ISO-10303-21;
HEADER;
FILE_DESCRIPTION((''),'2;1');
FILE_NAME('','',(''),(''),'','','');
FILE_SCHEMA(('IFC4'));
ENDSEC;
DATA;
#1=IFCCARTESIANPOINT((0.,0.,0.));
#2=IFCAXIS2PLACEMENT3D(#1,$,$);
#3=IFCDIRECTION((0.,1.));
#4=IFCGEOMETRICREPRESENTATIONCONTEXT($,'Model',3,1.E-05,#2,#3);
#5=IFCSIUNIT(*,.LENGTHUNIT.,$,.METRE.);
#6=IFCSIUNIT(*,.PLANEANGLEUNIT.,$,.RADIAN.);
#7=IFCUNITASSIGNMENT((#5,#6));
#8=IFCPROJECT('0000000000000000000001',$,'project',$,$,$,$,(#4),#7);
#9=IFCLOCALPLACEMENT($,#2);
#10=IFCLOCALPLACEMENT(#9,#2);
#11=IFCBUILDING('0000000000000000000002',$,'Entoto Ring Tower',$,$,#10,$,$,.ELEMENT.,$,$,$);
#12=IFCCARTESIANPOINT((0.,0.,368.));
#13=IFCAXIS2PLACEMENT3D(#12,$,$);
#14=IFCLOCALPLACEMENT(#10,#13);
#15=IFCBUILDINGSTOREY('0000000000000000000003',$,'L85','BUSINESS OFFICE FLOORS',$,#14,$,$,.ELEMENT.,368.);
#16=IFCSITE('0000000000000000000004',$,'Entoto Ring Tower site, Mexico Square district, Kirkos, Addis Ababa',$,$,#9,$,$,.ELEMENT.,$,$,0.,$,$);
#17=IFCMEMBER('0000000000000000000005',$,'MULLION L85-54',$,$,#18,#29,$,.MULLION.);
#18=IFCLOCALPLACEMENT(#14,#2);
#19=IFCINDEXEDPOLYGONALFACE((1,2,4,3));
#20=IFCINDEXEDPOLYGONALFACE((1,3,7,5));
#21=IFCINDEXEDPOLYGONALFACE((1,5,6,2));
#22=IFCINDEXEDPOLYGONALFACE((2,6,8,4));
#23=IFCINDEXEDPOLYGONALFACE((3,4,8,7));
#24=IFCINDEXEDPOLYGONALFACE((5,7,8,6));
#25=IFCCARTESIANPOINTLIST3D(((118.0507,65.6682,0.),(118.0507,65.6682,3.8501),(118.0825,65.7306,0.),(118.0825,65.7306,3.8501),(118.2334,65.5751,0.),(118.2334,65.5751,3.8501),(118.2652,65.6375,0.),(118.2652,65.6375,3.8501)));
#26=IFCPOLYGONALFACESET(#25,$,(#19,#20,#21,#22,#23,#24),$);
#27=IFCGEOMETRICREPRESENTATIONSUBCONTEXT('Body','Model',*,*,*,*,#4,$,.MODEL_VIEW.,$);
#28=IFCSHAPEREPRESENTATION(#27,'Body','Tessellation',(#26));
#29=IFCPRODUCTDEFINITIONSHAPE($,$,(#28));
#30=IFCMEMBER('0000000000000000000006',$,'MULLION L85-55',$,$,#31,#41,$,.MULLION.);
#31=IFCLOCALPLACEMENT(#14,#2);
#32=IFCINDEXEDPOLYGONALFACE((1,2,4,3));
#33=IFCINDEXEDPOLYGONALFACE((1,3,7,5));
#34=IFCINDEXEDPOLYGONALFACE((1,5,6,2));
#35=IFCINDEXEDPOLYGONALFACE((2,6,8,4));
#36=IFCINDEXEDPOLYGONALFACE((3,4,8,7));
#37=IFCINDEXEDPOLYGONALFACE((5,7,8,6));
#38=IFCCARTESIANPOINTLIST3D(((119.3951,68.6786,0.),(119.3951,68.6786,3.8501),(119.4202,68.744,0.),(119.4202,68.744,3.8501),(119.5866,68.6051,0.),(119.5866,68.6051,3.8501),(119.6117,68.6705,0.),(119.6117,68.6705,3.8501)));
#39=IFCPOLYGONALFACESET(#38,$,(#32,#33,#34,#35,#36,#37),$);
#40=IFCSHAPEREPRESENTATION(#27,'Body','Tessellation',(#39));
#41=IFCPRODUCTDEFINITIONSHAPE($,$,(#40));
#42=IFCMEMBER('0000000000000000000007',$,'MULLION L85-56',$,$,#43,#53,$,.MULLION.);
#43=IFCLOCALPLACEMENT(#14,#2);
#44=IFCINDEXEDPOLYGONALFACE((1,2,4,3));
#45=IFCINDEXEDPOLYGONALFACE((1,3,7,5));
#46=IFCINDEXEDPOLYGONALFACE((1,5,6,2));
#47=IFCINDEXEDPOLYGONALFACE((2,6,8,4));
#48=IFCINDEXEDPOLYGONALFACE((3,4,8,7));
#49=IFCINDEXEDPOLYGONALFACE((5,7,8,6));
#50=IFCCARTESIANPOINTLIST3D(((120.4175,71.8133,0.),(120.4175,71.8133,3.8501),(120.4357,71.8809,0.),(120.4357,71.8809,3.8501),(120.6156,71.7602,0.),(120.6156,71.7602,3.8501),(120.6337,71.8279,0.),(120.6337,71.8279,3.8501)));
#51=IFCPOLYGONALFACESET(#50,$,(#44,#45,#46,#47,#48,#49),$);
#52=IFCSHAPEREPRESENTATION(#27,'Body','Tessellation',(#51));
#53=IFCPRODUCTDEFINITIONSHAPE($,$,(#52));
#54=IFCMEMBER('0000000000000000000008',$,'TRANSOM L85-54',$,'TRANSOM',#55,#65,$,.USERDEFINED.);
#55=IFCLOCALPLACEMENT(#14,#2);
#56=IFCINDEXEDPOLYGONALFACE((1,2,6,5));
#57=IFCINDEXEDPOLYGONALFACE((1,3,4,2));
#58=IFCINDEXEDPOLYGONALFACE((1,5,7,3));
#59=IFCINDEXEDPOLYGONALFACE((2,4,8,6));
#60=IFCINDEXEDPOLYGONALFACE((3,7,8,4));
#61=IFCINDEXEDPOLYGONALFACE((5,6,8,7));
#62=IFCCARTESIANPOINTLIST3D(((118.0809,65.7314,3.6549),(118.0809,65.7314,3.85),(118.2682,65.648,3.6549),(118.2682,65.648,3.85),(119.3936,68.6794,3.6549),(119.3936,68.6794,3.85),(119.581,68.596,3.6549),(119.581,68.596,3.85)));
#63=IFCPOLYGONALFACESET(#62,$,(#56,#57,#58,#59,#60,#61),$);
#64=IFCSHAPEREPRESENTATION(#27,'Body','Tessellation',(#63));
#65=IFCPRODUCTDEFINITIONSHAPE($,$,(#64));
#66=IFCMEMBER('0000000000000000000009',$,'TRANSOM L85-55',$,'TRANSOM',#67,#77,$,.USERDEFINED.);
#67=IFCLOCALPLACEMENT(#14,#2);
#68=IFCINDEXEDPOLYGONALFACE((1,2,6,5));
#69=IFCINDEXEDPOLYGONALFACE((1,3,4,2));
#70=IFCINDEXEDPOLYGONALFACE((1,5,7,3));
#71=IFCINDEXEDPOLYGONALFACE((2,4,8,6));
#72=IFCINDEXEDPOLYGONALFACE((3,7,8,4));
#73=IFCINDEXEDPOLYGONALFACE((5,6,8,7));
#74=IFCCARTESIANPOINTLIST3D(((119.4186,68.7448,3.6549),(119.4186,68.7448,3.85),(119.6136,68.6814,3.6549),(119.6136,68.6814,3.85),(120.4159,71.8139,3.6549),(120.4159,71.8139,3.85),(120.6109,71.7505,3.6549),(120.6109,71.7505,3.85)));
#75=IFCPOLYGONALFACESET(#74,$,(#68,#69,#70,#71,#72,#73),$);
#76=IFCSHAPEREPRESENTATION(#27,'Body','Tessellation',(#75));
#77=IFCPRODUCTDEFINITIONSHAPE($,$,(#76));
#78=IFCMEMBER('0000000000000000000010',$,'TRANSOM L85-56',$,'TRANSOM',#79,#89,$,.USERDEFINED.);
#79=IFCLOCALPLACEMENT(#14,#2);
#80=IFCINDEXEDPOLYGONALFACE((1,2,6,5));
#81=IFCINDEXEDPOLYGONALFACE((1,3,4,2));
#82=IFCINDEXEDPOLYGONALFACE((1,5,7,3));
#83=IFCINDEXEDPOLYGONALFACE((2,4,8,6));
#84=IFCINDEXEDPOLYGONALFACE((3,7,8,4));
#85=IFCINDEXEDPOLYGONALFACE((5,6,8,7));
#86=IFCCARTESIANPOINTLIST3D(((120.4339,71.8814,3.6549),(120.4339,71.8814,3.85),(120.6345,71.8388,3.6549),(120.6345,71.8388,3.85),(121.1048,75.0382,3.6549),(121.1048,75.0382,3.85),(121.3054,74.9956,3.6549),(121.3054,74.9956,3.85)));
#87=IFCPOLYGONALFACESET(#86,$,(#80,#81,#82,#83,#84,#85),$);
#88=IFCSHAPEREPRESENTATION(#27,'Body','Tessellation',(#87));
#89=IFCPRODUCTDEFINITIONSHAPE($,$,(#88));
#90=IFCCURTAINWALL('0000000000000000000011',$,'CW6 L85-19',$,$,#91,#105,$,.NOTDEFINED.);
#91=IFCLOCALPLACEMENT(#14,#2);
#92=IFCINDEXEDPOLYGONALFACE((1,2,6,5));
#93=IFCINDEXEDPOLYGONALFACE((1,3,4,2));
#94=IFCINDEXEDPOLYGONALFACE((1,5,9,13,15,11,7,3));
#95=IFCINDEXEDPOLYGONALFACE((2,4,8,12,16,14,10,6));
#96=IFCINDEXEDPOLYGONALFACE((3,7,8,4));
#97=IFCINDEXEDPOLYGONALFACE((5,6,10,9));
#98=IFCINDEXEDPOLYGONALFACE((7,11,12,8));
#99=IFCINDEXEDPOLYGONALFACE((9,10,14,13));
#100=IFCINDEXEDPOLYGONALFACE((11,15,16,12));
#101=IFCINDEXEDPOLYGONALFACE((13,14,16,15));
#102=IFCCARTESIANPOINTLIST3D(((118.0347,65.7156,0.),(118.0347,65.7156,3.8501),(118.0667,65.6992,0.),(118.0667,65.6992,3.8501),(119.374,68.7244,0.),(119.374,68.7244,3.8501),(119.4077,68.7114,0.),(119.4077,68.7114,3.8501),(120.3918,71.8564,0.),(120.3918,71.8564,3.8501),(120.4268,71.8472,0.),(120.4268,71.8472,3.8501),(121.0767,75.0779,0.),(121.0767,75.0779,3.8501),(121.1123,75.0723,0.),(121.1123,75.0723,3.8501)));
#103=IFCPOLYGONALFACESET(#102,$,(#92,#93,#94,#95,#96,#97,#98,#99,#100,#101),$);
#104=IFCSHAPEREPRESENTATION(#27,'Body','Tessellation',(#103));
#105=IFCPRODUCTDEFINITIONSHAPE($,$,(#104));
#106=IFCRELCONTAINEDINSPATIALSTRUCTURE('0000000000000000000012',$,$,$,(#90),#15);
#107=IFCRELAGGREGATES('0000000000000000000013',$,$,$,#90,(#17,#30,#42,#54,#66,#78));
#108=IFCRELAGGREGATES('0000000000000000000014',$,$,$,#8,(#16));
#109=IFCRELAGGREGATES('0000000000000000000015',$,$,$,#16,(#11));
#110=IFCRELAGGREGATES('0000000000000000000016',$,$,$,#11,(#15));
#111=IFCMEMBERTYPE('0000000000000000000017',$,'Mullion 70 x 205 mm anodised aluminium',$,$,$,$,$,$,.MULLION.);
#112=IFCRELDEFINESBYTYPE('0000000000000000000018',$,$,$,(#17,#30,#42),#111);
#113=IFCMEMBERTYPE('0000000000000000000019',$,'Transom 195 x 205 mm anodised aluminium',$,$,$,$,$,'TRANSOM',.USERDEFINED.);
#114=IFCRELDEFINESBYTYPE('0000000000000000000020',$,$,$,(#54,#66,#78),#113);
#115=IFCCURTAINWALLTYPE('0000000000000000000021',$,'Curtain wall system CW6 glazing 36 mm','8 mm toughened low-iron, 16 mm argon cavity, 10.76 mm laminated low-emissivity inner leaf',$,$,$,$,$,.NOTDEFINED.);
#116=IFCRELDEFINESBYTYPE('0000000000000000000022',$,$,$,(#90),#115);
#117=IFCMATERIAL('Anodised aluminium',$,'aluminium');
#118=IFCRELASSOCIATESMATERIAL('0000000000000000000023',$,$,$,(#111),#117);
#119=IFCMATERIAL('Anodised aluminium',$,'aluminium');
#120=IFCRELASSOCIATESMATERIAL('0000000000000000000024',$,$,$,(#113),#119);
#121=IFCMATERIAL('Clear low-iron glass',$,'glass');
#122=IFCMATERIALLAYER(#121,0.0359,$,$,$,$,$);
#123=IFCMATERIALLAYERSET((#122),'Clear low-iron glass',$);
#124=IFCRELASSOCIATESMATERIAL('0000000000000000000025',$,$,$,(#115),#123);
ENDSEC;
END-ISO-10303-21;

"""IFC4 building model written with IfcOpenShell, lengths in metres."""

from ifc_helpers import new_model, si_unit, direction, frame, origin, origin_2d, place, context, subcontext, project, spatial, polyline, rectangle, outline, extrude, material, layer, layer_set, material_profile, profile_set, type_object, element, aggregate, save


model = new_model("IFC4")

# Units and contexts
model_context = context("Model", 3, precision=1e-05, world=origin(), true_north=direction((0.0, 1.0)))
body_context = subcontext(model_context, "Body", "Model", "MODEL_VIEW")
ifc_project = project(units=[si_unit("LENGTHUNIT", "METRE"), si_unit("PLANEANGLEUNIT", "RADIAN")], contexts=[model_context])

# Members
ifc_material_1 = material(Name="Anodised aluminium", Category="aluminium")
ifc_material_profile_1 = material_profile(ifc_material_1, rectangle(XDim=0.0701, YDim=0.2051, at=origin_2d()), Name="Mullion 70 x 205 mm anodised aluminium")
ifc_profile_set_1 = profile_set([ifc_material_profile_1], Name="Anodised aluminium")
member_type_1 = type_object("IfcMemberType", Name="Mullion 70 x 205 mm anodised aluminium", PredefinedType="MULLION", material=ifc_profile_set_1)
site_placement = place(None, origin())
building_placement = place(site_placement, origin())
storey_placement = place(building_placement, frame((0.0, 0.0, 368.0)))
member_1_placement = place(storey_placement, frame((118.158, 65.6528, 0.0), z_axis=(0.0, 0.0, 1.0), x_axis=(0.45399, 0.891007, 0.0)))
member_1 = element("IfcMember", 1, at=member_1_placement, type_object=member_type_1, Name="MULLION L85-54", PredefinedType="MULLION", context=body_context, shape_type="SweptSolid", body=[
    extrude(rectangle(XDim=0.0701, YDim=0.2051, at=origin_2d()), origin(), (0.0, 0.0, 1.0), 3.8501),
])
member_2_placement = place(storey_placement, frame((119.5034, 68.6746, 0.0), z_axis=(0.0, 0.0, 1.0), x_axis=(0.358368, 0.93358, 0.0)))
member_2 = element("IfcMember", 2, at=member_2_placement, type_object=member_type_1, Name="MULLION L85-55", PredefinedType="MULLION", context=body_context, shape_type="SweptSolid", body=[
    extrude(rectangle(XDim=0.0701, YDim=0.2051, at=origin_2d()), origin(), (0.0, 0.0, 1.0), 3.8501),
])
member_3_placement = place(storey_placement, frame((120.5256, 71.8206, 0.0), z_axis=(0.0, 0.0, 1.0), x_axis=(0.258819, 0.965926, 0.0)))
member_3 = element("IfcMember", 3, at=member_3_placement, type_object=member_type_1, Name="MULLION L85-56", PredefinedType="MULLION", context=body_context, shape_type="SweptSolid", body=[
    extrude(rectangle(XDim=0.0701, YDim=0.2051, at=origin_2d()), origin(), (0.0, 0.0, 1.0), 3.8501),
])
ifc_material_2 = material(Name="Anodised aluminium", Category="aluminium")
ifc_material_profile_2 = material_profile(ifc_material_2, rectangle(XDim=0.2051, YDim=0.1951, at=origin_2d()), Name="Transom 195 x 205 mm anodised aluminium")
ifc_profile_set_2 = profile_set([ifc_material_profile_2], Name="Anodised aluminium")
member_type_2 = type_object("IfcMemberType", Name="Transom 195 x 205 mm anodised aluminium", ElementType="TRANSOM", PredefinedType="USERDEFINED", material=ifc_profile_set_2)
member_4_placement = place(storey_placement, frame((118.1746, 65.6897, 3.7524), z_axis=(0.406791, 0.913521, 0.0), x_axis=(-0.913521, 0.406791, 0.0)))
member_4 = element("IfcMember", 4, at=member_4_placement, type_object=member_type_2, Name="TRANSOM L85-54", ObjectType="TRANSOM", PredefinedType="USERDEFINED", context=body_context, shape_type="SweptSolid", body=[
    extrude(rectangle(XDim=0.2051, YDim=0.1951, at=origin_2d()), origin(), (0.0, 0.0, 1.0), 3.2271),
])
member_5_placement = place(storey_placement, frame((119.5161, 68.7131, 3.7524), z_axis=(0.309047, 0.951047, 0.0), x_axis=(-0.951047, 0.309047, 0.0)))
member_5 = element("IfcMember", 5, at=member_5_placement, type_object=member_type_2, Name="TRANSOM L85-55", ObjectType="TRANSOM", PredefinedType="USERDEFINED", context=body_context, shape_type="SweptSolid", body=[
    extrude(rectangle(XDim=0.2051, YDim=0.1951, at=origin_2d()), origin(), (0.0, 0.0, 1.0), 3.2271),
])
member_6_placement = place(storey_placement, frame((120.5342, 71.8601, 3.7524), z_axis=(0.207886, 0.978153, 0.0), x_axis=(-0.978153, 0.207886, 0.0)))
member_6 = element("IfcMember", 6, at=member_6_placement, type_object=member_type_2, Name="TRANSOM L85-56", ObjectType="TRANSOM", PredefinedType="USERDEFINED", context=body_context, shape_type="SweptSolid", body=[
    extrude(rectangle(XDim=0.2051, YDim=0.1951, at=origin_2d()), origin(), (0.0, 0.0, 1.0), 3.2273),
])

# Site, building, storey
site = spatial("IfcSite", under=ifc_project, at=site_placement, Name="Entoto Ring Tower site, Mexico Square district, Kirkos, Addis Ababa", CompositionType="ELEMENT", RefElevation=0.0)
building = spatial("IfcBuilding", under=site, at=building_placement, Name="Entoto Ring Tower", CompositionType="ELEMENT")
storey = spatial("IfcBuildingStorey", under=building, at=storey_placement, Name="L85", Description="BUSINESS OFFICE FLOORS", CompositionType="ELEMENT", Elevation=368.0)

# Curtain wall
ifc_material_3 = material(Name="Clear low-iron glass", Category="glass")
ifc_layer = layer(ifc_material_3, 0.0359)
ifc_layer_set = layer_set([ifc_layer], Name="Clear low-iron glass")
curtain_wall_type = type_object("IfcCurtainWallType", Name="Curtain wall system CW6 glazing 36 mm", Description="8 mm toughened low-iron, 16 mm argon cavity, 10.76 mm laminated low-emissivity inner leaf", PredefinedType="NOTDEFINED", material=ifc_layer_set)
curtain_wall_1_placement = place(storey_placement, origin())
curtain_wall_1 = element("IfcCurtainWall", 7, at=curtain_wall_1_placement, inside=storey, type_object=curtain_wall_type, Name="CW6 L85-19", PredefinedType="NOTDEFINED", context=body_context, shape_type="SweptSolid", body=[
    extrude(outline(polyline([(118.0667, 65.6992), (119.4077, 68.7114), (120.4268, 71.8472), (121.1123, 75.0723), (121.0767, 75.0779), (120.3918, 71.8564), (119.374, 68.7244), (118.0347, 65.7156), (118.0667, 65.6992)])), origin(), (0.0, 0.0, 1.0), 3.8501),
])
aggregate(curtain_wall_1, [member_1, member_2, member_3, member_4, member_5, member_6])

save(model, "model.ifc")
